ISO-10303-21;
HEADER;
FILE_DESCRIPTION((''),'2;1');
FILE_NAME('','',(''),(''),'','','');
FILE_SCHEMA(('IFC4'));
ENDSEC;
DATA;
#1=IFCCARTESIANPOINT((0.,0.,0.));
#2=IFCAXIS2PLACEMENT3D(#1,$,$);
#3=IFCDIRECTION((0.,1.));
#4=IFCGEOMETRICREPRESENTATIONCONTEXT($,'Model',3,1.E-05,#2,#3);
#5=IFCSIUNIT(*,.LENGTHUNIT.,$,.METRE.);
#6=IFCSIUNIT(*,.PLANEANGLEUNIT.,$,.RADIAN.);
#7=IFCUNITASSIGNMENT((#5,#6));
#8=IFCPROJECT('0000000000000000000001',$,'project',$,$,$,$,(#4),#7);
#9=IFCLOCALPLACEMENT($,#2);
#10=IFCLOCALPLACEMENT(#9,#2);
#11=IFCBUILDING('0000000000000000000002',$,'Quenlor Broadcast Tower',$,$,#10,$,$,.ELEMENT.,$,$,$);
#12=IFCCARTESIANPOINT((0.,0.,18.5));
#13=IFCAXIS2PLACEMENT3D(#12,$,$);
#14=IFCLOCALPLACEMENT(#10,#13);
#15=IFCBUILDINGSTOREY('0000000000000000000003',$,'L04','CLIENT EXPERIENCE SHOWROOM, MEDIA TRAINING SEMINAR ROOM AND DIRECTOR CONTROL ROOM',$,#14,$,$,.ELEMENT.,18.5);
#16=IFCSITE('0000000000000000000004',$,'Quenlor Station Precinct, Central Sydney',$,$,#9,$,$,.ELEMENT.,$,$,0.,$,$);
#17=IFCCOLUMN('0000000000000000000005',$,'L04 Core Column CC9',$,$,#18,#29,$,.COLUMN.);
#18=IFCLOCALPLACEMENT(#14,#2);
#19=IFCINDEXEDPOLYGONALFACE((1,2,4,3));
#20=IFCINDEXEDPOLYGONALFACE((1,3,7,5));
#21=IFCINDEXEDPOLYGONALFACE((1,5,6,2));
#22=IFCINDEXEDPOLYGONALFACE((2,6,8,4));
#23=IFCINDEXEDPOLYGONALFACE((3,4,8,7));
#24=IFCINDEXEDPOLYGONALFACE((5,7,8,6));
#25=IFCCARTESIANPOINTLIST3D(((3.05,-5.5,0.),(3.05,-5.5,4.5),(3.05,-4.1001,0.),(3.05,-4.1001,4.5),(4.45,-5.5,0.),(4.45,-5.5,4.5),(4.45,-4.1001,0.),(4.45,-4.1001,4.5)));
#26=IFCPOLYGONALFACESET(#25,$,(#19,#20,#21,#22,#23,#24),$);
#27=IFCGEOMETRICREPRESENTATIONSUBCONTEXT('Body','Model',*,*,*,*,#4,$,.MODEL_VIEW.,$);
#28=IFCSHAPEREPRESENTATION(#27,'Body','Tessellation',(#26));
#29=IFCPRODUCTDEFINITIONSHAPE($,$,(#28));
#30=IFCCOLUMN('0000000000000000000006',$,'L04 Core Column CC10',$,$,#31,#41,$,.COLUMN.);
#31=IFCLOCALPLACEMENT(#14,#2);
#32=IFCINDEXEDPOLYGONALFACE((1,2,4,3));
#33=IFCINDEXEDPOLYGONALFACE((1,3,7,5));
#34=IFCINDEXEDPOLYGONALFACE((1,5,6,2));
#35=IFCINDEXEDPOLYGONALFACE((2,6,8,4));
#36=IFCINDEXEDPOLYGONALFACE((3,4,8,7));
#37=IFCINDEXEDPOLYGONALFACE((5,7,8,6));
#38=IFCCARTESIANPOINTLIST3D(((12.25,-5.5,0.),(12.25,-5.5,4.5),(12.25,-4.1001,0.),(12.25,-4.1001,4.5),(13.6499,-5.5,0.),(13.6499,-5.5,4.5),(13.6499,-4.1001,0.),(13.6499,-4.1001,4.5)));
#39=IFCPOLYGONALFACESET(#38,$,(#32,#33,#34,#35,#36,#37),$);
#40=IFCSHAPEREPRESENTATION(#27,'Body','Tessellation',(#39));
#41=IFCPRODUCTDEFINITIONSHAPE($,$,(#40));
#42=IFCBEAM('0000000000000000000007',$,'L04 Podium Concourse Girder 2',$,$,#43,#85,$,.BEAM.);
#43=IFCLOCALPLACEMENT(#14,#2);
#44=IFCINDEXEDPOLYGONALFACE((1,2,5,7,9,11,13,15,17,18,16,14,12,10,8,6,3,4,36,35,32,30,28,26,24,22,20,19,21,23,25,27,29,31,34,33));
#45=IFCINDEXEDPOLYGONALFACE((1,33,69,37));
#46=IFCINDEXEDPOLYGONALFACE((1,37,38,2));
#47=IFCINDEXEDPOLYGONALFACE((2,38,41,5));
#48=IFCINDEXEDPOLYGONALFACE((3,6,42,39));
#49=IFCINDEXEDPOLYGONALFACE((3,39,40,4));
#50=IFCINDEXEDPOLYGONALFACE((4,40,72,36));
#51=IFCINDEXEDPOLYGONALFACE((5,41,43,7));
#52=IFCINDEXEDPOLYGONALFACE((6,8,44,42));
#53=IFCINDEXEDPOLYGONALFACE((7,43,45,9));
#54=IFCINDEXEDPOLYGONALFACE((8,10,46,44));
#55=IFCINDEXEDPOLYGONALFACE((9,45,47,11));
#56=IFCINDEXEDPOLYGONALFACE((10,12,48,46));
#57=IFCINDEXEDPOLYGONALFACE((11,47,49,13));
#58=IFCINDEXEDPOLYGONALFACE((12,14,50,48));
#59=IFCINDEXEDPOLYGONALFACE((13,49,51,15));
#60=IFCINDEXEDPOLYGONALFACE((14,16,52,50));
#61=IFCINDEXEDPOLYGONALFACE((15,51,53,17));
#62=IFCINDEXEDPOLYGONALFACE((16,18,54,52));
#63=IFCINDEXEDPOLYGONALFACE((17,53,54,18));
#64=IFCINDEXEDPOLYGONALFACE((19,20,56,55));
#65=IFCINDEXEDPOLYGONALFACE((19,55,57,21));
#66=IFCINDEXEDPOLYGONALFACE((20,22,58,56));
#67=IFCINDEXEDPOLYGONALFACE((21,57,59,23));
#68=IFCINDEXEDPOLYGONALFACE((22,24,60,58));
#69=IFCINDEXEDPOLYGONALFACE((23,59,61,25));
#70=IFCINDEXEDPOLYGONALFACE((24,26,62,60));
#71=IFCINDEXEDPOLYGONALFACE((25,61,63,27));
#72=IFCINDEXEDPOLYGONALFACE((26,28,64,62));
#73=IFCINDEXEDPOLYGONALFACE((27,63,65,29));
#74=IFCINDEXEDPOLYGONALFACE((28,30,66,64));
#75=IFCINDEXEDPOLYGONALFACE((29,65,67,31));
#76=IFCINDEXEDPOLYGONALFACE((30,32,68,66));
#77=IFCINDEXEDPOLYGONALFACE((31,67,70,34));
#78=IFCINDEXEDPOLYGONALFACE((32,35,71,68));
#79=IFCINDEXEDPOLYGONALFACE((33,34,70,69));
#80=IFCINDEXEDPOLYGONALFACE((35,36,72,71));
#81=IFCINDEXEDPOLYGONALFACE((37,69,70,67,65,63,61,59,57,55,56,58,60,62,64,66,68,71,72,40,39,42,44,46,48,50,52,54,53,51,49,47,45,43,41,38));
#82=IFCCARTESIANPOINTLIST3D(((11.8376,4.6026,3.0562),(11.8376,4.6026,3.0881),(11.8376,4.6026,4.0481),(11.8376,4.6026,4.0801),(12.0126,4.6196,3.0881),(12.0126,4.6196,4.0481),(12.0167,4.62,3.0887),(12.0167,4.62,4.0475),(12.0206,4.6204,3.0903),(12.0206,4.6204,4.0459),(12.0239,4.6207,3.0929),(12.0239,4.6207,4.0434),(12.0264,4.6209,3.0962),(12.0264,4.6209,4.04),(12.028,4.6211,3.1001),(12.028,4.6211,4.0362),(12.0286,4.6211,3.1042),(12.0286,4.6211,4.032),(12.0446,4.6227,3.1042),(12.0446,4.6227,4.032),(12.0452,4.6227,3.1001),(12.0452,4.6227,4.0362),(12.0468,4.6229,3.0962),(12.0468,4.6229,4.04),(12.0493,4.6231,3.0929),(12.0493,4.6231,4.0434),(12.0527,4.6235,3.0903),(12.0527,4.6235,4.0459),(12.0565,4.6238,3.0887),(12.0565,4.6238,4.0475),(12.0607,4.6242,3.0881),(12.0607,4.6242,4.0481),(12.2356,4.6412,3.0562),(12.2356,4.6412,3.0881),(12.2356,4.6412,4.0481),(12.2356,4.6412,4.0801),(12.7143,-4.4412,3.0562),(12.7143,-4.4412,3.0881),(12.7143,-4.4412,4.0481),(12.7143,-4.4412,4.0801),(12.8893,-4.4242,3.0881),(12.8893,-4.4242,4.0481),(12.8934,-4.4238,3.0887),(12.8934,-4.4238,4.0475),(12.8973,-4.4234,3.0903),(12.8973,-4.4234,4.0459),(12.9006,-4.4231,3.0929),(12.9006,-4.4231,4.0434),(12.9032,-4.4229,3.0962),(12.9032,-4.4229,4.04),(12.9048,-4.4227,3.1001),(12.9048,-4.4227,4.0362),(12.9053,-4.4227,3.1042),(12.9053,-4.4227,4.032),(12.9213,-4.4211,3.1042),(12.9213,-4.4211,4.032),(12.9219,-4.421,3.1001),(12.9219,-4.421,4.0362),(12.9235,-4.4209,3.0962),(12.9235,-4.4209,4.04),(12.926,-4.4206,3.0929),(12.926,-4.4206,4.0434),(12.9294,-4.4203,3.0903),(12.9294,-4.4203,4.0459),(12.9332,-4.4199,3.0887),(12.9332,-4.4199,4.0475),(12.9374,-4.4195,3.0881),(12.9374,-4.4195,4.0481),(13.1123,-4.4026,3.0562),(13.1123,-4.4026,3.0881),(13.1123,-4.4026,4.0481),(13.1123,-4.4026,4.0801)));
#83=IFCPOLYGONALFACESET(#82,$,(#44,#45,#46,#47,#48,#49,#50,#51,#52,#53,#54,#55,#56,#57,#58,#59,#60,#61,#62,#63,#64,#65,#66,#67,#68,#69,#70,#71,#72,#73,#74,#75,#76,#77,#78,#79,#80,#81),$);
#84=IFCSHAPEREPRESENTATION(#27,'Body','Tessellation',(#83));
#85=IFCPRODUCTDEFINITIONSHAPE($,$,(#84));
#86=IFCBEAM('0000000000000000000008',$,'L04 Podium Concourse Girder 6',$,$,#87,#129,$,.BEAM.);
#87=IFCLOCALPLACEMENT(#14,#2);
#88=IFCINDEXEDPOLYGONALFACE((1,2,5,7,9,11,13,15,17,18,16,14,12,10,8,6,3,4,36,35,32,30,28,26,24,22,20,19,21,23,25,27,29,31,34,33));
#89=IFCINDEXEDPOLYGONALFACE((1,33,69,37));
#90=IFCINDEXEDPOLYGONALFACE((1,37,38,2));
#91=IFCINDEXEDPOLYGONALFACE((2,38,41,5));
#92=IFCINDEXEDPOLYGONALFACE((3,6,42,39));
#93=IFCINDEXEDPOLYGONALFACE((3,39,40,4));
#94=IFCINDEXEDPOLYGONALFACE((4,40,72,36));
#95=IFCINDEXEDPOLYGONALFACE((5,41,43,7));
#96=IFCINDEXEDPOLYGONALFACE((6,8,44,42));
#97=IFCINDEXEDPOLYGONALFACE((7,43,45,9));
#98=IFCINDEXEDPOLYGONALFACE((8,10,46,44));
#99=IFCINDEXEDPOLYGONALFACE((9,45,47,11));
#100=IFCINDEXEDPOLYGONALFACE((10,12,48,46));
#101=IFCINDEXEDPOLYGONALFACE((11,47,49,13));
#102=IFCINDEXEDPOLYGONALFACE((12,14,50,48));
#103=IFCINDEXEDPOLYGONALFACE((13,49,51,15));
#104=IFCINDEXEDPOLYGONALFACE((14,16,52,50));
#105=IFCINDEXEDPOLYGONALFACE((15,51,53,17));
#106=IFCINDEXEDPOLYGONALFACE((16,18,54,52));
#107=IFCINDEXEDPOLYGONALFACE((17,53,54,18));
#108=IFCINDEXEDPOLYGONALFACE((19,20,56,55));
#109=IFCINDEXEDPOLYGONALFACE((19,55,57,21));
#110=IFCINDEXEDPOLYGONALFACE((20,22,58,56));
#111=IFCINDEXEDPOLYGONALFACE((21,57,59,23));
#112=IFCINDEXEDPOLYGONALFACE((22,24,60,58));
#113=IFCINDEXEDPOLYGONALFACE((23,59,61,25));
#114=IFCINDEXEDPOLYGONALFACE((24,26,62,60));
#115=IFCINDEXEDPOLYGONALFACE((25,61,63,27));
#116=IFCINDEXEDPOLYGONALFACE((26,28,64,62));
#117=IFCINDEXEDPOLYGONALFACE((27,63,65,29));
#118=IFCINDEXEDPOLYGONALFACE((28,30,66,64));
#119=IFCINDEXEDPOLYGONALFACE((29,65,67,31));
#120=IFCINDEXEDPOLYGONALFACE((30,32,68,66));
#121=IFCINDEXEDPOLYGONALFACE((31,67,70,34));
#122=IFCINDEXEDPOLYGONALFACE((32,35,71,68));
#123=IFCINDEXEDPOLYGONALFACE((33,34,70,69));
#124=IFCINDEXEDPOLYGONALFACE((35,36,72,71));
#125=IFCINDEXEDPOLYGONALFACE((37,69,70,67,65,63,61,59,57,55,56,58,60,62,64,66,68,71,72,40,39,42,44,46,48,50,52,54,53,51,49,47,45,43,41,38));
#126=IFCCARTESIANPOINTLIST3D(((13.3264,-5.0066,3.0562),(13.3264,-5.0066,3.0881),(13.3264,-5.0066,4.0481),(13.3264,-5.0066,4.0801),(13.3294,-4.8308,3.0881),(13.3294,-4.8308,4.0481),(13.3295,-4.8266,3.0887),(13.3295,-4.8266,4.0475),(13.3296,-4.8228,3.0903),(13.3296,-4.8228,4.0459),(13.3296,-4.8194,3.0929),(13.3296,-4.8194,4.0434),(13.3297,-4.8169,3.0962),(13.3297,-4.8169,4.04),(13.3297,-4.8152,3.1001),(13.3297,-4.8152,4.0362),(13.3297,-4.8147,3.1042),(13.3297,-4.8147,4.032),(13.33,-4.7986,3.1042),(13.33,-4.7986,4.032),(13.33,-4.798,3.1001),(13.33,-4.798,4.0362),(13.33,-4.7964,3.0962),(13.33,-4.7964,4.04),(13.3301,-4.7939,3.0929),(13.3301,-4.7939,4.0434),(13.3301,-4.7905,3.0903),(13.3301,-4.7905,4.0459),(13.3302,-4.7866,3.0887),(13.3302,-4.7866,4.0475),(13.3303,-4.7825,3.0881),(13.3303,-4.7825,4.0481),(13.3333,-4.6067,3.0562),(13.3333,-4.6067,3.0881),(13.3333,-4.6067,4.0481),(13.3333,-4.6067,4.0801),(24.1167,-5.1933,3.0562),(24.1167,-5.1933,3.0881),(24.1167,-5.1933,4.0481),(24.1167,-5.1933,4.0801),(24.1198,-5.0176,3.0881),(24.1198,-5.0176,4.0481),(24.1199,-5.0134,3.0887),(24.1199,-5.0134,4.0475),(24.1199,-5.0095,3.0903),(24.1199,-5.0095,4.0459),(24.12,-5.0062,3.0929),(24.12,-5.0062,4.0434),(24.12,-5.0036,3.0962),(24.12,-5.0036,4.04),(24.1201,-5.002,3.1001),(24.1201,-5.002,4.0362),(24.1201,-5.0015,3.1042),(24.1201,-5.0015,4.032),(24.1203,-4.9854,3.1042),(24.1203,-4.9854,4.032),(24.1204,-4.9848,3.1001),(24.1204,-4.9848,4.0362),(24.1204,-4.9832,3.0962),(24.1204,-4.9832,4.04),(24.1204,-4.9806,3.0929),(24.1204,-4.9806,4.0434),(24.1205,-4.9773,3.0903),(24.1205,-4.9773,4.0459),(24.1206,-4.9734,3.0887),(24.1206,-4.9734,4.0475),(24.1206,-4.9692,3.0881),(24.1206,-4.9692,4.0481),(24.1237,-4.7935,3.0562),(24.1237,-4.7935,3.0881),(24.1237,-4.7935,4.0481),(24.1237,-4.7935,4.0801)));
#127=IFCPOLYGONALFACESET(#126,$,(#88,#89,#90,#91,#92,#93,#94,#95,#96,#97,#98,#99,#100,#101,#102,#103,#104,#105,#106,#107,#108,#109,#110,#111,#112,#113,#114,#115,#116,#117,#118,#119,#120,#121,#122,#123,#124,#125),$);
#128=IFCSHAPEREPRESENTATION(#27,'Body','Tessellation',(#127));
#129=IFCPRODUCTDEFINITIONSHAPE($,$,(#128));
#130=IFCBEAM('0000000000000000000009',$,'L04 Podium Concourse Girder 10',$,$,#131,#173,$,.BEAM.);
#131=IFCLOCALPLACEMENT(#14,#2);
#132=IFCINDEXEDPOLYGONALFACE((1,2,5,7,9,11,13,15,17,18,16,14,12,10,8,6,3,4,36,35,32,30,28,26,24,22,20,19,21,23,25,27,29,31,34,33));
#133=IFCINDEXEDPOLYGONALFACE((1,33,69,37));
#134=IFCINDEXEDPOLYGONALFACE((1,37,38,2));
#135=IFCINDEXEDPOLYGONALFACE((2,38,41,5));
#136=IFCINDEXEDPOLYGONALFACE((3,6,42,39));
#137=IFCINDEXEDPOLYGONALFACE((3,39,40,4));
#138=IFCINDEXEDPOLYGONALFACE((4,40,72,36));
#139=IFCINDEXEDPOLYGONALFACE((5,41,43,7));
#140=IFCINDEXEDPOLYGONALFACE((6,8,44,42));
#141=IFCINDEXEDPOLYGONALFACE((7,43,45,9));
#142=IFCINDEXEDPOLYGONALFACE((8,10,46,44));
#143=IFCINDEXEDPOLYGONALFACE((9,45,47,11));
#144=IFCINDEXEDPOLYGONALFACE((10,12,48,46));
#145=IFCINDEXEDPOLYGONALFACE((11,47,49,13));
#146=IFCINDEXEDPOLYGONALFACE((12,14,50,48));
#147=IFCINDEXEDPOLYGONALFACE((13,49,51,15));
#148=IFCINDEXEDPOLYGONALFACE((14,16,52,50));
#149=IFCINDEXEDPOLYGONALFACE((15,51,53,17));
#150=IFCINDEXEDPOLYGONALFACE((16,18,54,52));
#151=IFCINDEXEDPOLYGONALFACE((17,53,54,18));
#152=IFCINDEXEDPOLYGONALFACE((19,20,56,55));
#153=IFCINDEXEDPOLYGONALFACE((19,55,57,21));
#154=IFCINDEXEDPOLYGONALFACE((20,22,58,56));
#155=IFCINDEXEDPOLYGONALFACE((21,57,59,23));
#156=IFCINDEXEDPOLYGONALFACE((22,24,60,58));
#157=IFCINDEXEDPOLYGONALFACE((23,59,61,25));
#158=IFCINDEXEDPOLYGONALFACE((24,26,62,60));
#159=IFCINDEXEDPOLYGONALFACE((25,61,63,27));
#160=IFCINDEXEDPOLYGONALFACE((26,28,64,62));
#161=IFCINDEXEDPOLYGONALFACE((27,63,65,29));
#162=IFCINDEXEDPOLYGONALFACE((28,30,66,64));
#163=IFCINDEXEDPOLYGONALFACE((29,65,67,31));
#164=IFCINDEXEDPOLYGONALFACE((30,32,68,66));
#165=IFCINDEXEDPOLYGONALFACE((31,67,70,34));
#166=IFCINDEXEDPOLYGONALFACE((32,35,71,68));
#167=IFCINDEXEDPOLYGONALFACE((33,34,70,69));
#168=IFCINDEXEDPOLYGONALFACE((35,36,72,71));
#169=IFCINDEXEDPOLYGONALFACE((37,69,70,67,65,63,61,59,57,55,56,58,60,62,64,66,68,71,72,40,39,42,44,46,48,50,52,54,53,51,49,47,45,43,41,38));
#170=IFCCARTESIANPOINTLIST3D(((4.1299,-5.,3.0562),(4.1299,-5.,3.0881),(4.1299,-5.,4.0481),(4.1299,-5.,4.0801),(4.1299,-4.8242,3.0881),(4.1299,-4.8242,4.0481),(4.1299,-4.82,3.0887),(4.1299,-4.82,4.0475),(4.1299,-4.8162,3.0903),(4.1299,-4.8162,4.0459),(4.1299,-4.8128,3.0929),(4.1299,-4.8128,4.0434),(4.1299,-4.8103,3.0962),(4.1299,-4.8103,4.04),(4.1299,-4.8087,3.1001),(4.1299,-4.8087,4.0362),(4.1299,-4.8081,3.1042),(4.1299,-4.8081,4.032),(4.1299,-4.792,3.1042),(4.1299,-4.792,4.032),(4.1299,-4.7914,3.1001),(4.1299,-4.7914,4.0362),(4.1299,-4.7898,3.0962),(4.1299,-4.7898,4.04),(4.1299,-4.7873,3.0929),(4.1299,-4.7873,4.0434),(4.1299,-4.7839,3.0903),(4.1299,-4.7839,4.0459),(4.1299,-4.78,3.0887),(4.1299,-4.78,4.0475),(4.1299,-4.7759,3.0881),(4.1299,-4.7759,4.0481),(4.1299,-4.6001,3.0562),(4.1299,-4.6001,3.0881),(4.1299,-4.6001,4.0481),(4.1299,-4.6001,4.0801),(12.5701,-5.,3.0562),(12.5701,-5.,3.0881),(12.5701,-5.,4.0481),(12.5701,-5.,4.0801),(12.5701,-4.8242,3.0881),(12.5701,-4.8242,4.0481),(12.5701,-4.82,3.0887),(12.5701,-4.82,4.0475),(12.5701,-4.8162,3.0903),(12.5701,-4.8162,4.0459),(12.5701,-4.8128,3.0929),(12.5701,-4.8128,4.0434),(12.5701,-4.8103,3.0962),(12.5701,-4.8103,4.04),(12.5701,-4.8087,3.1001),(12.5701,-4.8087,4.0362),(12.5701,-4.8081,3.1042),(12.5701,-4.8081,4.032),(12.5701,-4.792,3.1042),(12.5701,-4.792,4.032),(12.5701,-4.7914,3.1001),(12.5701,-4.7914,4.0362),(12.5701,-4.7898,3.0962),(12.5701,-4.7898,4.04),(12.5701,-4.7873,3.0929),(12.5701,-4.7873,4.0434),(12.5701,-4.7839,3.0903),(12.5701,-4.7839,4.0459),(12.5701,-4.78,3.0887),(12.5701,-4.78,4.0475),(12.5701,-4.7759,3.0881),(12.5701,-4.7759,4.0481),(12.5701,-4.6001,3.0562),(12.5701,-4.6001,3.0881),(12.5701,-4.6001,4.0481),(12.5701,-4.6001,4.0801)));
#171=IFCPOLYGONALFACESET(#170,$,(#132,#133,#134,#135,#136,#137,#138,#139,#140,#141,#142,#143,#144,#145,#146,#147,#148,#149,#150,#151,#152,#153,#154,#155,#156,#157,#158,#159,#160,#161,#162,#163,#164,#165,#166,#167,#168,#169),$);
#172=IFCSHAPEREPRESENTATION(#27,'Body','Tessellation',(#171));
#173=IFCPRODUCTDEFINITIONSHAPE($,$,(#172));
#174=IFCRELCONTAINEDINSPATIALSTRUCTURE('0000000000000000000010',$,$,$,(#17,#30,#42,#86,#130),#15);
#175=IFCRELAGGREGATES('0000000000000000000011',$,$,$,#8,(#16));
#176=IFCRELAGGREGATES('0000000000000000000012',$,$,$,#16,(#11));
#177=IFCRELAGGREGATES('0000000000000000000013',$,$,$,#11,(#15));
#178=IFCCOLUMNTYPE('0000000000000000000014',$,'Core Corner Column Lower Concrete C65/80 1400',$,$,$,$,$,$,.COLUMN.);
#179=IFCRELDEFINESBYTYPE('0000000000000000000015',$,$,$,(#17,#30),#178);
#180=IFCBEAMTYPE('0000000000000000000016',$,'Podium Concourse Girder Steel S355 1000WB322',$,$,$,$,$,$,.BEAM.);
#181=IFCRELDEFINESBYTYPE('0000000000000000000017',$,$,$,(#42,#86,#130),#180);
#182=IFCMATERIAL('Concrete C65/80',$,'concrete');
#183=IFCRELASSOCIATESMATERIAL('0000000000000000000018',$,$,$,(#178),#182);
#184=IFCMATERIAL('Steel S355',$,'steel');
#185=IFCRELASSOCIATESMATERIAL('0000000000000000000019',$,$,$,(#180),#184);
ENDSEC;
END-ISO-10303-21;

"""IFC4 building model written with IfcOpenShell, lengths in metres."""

from ifc_helpers import new_model, si_unit, direction, frame, origin, origin_2d, place, context, subcontext, project, spatial, rectangle, i_section, extrude, material, material_profile, profile_set, type_object, element, save


model = new_model("IFC4")

# Units and contexts
model_context = context("Model", 3, precision=1e-05, world=origin(), true_north=direction((0.0, 1.0)))
body_context = subcontext(model_context, "Body", "Model", "MODEL_VIEW")
ifc_project = project(units=[si_unit("LENGTHUNIT", "METRE"), si_unit("PLANEANGLEUNIT", "RADIAN")], contexts=[model_context])

# Site, building, storey
site_placement = place(None, origin())
site = spatial("IfcSite", under=ifc_project, at=site_placement, Name="Quenlor Station Precinct, Central Sydney", CompositionType="ELEMENT", RefElevation=0.0)
building_placement = place(site_placement, origin())
building = spatial("IfcBuilding", under=site, at=building_placement, Name="Quenlor Broadcast Tower", CompositionType="ELEMENT")
storey_placement = place(building_placement, frame((0.0, 0.0, 18.5)))
storey = spatial("IfcBuildingStorey", under=building, at=storey_placement, Name="L04", Description="CLIENT EXPERIENCE SHOWROOM, MEDIA TRAINING SEMINAR ROOM AND DIRECTOR CONTROL ROOM", CompositionType="ELEMENT", Elevation=18.5)

# Columns
ifc_material_1 = material(Name="Concrete C65/80", Category="concrete")
ifc_material_profile_1 = material_profile(ifc_material_1, rectangle(XDim=1.3999, YDim=1.3999, at=origin_2d()))
ifc_profile_set_1 = profile_set([ifc_material_profile_1], Name="Concrete C65/80 RC1400x1400")
column_type = type_object("IfcColumnType", Name="Core Corner Column Lower Concrete C65/80 1400", PredefinedType="COLUMN", material=ifc_profile_set_1)
for number, where, z_axis, x_axis, name in (
    (1, (3.75, -4.8, 0.0), (0.0, 0.0, 1.0), (1.0, 0.0, 0.0), "L04 Core Column CC9"),
    (2, (12.95, -4.8, 0.0), (0.0, 0.0, 1.0), (1.0, 0.0, 0.0), "L04 Core Column CC10"),
):
    element("IfcColumn", number, at=place(storey_placement, frame(where, z_axis=z_axis, x_axis=x_axis)), inside=storey, type_object=column_type, Name=name, PredefinedType="COLUMN", context=body_context, shape_type="SweptSolid", body=[
        extrude(rectangle(XDim=1.3999, YDim=1.3999, at=origin_2d()), origin(), (0.0, 0.0, 1.0), 4.5),
    ])

# Beams
ifc_material_2 = material(Name="Steel S355", Category="steel")
ifc_material_profile_2 = material_profile(ifc_material_2, i_section(OverallWidth=0.3999, OverallDepth=1.0239, WebThickness=0.0161, FlangeThickness=0.032, FilletRadius=0.0161, at=origin_2d()))
ifc_profile_set_2 = profile_set([ifc_material_profile_2], Name="Steel S355 1000WB322")
beam_type_1 = type_object("IfcBeamType", Name="Podium Concourse Girder Steel S355 1000WB322", PredefinedType="BEAM", material=ifc_profile_set_2)
beam_1_placement = place(storey_placement, frame((12.9133, -4.4219, 3.5681), z_axis=(-0.096489, 0.995334, 0.0), x_axis=(-0.995334, -0.096489, 0.0)))
element("IfcBeam", 3, at=beam_1_placement, inside=storey, type_object=beam_type_1, Name="L04 Podium Concourse Girder 2", PredefinedType="BEAM", context=body_context, shape_type="SweptSolid", body=[
    extrude(i_section(OverallWidth=0.3999, OverallDepth=1.0239, WebThickness=0.0161, FlangeThickness=0.032, FilletRadius=0.0161, at=origin_2d()), origin(), (0.0, 0.0, 1.0), 9.0862),
])
beam_2_placement = place(storey_placement, frame((13.3298, -4.8066, 3.5681), z_axis=(0.99985, -0.017306, 0.0), x_axis=(0.017306, 0.99985, 0.0)))
element("IfcBeam", 4, at=beam_2_placement, inside=storey, type_object=beam_type_1, Name="L04 Podium Concourse Girder 6", PredefinedType="BEAM", context=body_context, shape_type="SweptSolid", body=[
    extrude(i_section(OverallWidth=0.3999, OverallDepth=1.0239, WebThickness=0.0161, FlangeThickness=0.032, FilletRadius=0.0161, at=origin_2d()), origin(), (0.0, 0.0, 1.0), 10.792),
])
beam_3_placement = place(storey_placement, frame((4.1299, -4.8, 3.5681), z_axis=(1.0, 0.0, 0.0), x_axis=(0.0, 1.0, 0.0)))
element("IfcBeam", 5, at=beam_3_placement, inside=storey, type_object=beam_type_1, Name="L04 Podium Concourse Girder 10", PredefinedType="BEAM", context=body_context, shape_type="SweptSolid", body=[
    extrude(i_section(OverallWidth=0.3999, OverallDepth=1.0239, WebThickness=0.0161, FlangeThickness=0.032, FilletRadius=0.0161, at=origin_2d()), origin(), (0.0, 0.0, 1.0), 8.4402),
])

save(model, "model.ifc")
